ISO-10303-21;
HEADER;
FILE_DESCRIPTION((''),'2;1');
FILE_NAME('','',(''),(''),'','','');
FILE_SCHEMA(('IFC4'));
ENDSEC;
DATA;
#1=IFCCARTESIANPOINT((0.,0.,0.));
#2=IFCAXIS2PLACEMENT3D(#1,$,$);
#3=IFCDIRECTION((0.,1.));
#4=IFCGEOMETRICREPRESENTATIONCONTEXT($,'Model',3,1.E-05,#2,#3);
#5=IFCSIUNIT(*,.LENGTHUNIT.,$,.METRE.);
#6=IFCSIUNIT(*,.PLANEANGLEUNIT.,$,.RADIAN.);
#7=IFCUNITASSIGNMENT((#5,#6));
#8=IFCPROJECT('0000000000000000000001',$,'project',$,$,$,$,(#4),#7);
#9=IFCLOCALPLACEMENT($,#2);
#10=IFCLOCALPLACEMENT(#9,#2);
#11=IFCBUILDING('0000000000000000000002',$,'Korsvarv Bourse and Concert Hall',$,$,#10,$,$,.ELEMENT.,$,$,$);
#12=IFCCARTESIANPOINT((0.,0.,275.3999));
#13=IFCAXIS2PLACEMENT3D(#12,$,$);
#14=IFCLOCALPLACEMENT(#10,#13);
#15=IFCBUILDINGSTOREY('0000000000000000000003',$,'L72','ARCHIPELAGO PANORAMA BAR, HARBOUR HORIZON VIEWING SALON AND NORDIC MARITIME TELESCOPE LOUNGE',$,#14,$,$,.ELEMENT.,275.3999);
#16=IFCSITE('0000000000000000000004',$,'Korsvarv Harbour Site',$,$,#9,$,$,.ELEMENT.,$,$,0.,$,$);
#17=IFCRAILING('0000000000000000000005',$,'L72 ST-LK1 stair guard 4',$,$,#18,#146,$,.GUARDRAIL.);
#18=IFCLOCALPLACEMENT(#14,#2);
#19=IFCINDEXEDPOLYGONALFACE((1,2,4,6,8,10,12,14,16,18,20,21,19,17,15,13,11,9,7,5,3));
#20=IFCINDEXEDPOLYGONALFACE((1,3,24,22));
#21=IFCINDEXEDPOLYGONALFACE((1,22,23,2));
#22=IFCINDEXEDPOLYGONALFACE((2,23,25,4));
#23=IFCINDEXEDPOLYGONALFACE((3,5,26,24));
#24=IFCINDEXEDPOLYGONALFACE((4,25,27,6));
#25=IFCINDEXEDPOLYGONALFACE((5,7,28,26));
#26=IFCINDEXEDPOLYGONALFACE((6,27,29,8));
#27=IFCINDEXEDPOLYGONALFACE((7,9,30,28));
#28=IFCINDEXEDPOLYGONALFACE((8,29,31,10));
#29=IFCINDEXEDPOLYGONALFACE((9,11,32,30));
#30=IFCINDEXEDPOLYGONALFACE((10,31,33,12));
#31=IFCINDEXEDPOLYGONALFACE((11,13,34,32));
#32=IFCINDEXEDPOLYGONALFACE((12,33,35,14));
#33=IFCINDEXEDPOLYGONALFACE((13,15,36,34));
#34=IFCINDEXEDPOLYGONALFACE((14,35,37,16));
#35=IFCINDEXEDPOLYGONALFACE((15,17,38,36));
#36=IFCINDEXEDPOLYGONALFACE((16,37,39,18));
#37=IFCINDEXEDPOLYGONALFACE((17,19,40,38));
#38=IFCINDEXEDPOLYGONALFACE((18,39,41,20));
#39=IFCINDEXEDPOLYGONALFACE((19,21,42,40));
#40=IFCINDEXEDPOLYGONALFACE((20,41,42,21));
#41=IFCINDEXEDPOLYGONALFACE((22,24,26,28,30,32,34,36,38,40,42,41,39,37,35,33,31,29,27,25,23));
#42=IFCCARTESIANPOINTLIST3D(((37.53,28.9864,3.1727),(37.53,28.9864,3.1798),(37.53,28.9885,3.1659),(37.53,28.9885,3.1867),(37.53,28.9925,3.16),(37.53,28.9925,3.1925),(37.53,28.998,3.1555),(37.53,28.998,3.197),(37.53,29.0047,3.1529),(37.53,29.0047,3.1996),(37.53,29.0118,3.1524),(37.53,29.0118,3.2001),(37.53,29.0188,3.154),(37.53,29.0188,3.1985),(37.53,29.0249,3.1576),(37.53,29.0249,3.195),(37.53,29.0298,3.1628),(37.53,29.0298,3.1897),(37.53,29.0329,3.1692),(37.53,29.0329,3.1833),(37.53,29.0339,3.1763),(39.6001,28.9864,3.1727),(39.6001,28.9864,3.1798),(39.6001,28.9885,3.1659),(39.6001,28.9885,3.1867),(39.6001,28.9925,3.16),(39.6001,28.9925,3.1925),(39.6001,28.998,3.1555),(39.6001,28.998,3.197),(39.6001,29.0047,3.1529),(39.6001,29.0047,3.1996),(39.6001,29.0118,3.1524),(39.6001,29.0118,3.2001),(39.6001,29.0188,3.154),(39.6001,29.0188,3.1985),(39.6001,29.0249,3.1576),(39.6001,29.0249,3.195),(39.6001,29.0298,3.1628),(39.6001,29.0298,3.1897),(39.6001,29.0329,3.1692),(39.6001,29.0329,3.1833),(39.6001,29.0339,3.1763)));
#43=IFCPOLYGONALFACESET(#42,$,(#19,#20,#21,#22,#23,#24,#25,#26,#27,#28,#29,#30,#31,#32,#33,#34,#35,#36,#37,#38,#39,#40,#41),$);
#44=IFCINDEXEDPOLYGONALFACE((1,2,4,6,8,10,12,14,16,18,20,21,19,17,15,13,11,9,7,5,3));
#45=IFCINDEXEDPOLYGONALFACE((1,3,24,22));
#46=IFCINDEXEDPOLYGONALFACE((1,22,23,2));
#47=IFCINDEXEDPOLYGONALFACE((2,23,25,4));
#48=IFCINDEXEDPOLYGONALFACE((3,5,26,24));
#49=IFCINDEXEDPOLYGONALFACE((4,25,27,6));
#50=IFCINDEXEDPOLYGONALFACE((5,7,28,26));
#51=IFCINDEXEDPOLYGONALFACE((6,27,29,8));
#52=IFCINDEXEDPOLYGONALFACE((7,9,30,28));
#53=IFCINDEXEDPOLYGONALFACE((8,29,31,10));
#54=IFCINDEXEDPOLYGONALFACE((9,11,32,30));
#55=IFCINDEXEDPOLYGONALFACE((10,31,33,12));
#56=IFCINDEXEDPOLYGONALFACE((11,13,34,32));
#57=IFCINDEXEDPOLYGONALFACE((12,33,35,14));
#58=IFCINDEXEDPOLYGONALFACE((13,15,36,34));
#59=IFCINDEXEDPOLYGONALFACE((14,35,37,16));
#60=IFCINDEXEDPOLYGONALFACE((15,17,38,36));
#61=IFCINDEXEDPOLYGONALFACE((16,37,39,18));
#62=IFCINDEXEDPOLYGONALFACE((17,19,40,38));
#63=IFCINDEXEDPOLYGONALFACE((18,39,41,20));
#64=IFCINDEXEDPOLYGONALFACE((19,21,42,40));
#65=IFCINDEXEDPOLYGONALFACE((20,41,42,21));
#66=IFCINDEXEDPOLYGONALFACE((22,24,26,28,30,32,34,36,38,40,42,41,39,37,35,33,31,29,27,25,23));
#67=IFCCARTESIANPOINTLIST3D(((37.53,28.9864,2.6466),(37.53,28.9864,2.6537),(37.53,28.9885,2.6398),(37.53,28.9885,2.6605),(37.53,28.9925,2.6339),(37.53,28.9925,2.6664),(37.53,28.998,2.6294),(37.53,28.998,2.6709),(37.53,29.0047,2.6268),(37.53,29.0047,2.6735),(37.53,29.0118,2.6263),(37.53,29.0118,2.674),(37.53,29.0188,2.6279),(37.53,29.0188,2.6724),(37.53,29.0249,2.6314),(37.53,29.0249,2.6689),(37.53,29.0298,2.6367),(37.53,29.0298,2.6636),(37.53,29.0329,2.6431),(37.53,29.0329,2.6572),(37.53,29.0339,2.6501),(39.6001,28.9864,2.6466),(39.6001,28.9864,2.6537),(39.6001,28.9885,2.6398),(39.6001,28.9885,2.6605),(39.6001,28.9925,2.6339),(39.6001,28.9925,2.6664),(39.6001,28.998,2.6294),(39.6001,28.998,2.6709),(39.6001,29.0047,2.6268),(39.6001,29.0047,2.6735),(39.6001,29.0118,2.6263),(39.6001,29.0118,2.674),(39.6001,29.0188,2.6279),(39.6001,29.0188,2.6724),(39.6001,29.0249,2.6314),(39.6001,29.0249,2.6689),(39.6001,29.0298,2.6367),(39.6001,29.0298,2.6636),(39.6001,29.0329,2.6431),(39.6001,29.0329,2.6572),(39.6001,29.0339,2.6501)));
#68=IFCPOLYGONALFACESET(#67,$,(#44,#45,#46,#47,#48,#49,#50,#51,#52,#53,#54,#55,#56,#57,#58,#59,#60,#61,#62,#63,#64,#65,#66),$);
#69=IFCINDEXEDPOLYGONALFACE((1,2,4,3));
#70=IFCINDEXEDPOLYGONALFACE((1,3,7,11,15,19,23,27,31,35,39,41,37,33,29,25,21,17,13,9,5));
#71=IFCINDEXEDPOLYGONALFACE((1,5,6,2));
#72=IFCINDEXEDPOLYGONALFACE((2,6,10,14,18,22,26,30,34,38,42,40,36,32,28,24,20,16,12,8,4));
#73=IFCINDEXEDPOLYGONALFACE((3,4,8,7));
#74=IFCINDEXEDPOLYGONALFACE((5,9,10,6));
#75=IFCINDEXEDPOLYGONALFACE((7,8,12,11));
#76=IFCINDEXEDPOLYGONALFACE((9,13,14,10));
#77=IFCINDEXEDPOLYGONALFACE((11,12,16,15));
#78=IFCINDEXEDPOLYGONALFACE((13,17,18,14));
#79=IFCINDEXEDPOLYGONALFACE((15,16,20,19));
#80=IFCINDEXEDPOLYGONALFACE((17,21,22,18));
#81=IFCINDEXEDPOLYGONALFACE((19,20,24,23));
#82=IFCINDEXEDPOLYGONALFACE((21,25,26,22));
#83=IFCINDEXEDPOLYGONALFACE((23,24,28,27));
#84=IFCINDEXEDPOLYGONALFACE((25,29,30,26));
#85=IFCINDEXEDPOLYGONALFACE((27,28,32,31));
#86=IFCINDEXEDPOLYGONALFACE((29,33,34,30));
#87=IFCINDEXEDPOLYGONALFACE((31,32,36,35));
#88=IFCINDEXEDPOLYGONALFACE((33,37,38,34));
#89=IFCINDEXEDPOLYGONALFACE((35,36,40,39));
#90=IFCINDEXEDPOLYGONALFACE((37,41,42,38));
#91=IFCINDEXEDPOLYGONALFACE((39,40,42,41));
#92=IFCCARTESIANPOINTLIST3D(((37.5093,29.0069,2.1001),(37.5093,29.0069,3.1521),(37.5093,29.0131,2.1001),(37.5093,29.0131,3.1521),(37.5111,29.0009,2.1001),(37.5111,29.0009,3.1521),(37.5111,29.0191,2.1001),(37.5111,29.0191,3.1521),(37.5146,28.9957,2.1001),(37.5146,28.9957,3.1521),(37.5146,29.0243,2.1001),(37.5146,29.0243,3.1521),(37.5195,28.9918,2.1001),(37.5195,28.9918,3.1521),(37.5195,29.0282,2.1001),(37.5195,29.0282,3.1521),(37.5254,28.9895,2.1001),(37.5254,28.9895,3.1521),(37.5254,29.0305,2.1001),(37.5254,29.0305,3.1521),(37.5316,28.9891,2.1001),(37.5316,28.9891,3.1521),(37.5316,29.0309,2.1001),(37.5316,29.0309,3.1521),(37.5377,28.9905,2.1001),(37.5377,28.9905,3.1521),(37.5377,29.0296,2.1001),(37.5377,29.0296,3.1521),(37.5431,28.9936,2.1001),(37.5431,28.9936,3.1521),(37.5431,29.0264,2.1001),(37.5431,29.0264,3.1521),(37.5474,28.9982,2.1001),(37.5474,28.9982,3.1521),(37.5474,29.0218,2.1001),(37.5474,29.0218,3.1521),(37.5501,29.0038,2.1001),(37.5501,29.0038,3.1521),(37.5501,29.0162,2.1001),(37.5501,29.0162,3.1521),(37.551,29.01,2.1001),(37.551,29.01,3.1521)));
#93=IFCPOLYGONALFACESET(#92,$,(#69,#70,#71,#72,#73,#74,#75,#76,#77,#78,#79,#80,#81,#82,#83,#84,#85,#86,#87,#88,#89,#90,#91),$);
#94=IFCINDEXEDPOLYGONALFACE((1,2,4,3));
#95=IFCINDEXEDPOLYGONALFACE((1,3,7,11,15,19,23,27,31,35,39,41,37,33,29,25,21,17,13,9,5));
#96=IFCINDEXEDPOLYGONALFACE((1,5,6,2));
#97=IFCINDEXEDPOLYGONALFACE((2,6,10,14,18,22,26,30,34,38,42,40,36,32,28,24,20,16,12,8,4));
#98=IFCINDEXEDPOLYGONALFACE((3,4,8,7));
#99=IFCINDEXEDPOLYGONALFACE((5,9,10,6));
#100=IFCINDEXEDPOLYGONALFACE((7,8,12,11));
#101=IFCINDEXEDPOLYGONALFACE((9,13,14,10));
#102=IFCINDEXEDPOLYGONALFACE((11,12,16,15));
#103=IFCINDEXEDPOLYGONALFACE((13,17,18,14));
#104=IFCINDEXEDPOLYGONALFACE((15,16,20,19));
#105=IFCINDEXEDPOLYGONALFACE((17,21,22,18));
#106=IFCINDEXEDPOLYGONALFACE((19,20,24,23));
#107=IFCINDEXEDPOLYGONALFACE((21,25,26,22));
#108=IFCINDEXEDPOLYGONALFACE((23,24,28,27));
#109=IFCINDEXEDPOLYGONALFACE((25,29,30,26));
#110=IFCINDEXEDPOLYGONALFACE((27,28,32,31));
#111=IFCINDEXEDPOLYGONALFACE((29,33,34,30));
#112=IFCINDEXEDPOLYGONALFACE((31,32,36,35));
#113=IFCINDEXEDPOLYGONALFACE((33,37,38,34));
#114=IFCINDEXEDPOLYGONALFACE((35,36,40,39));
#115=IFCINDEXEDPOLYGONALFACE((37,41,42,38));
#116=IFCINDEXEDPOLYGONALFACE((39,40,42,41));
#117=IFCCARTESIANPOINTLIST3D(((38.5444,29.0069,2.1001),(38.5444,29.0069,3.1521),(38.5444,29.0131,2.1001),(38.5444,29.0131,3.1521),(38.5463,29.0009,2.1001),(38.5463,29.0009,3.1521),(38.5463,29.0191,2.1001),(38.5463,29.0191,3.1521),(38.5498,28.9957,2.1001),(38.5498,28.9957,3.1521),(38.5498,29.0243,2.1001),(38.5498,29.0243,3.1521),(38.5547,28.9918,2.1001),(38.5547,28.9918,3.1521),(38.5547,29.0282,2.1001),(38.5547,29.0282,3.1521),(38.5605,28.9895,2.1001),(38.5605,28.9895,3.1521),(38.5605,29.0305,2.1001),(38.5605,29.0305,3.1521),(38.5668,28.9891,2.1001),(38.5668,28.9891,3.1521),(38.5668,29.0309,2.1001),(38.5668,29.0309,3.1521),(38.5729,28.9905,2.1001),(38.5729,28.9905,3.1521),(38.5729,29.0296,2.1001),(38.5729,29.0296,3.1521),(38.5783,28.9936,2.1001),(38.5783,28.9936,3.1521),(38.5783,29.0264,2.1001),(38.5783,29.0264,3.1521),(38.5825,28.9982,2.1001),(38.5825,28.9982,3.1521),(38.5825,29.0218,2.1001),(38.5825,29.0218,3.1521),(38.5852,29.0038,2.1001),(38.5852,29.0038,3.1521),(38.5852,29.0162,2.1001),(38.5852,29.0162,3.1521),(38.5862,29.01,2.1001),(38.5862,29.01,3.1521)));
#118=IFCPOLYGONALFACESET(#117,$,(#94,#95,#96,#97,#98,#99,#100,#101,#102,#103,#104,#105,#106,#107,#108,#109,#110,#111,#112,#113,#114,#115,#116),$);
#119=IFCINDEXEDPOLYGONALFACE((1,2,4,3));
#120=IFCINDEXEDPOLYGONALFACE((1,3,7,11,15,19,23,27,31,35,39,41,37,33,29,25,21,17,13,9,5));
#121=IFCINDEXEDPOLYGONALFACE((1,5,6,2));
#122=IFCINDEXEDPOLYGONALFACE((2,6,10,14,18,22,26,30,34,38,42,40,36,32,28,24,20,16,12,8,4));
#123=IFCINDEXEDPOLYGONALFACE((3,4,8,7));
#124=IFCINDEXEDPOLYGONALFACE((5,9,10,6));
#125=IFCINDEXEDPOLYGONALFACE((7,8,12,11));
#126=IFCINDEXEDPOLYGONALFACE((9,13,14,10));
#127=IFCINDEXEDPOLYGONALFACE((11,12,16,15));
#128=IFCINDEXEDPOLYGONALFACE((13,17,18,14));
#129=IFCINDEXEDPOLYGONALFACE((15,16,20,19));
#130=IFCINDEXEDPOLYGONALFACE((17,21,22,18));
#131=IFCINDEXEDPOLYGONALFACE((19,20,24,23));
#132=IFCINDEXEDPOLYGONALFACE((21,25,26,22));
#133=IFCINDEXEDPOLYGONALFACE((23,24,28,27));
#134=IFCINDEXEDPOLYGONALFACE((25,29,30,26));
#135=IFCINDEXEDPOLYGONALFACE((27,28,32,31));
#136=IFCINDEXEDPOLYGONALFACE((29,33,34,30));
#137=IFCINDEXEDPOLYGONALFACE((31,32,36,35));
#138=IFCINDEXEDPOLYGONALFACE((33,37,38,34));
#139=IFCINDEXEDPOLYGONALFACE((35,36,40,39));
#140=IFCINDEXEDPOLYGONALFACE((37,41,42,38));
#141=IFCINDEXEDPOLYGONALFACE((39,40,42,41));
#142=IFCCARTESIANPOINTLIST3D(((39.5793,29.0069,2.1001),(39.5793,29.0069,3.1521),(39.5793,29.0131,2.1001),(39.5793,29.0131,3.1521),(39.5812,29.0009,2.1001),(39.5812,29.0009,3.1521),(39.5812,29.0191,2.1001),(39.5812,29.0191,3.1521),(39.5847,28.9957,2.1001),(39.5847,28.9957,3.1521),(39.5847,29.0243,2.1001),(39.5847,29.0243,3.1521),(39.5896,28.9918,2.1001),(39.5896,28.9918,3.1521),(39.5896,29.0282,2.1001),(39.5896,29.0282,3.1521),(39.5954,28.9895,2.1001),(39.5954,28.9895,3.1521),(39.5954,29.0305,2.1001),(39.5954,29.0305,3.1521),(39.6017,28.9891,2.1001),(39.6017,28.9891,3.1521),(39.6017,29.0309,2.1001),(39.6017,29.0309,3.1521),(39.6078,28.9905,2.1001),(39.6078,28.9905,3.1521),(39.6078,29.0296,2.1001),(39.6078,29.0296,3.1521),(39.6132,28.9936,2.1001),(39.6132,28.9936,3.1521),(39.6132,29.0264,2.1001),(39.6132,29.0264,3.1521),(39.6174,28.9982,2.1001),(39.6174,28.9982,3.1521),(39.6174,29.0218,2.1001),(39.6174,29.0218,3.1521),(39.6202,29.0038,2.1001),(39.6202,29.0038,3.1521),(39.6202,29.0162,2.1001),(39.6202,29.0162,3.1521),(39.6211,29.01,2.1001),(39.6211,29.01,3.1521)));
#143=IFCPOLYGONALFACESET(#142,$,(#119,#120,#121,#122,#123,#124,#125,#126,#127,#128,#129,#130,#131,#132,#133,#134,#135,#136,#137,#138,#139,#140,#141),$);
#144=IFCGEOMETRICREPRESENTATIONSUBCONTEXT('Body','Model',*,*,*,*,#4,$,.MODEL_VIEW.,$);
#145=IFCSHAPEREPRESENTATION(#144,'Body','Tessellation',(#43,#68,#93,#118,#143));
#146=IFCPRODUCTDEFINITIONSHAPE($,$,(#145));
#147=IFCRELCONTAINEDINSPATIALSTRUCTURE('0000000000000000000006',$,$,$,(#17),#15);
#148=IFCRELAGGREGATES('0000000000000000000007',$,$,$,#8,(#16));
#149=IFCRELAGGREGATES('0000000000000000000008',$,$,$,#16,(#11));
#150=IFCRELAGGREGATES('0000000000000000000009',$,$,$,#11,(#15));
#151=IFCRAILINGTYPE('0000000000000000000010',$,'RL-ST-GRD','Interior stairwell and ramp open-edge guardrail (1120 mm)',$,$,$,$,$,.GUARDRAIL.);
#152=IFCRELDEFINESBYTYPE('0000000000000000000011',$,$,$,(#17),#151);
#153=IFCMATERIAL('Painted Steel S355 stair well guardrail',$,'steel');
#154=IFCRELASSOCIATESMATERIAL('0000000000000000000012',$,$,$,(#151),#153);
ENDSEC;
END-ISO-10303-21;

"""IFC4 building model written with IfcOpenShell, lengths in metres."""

from ifc_helpers import new_model, si_unit, direction, frame, origin, origin_2d, place, context, subcontext, project, spatial, circle, extrude, material, type_object, element, save


model = new_model("IFC4")

# Units and contexts
model_context = context("Model", 3, precision=1e-05, world=origin(), true_north=direction((0.0, 1.0)))
body_context = subcontext(model_context, "Body", "Model", "MODEL_VIEW")
ifc_project = project(units=[si_unit("LENGTHUNIT", "METRE"), si_unit("PLANEANGLEUNIT", "RADIAN")], contexts=[model_context])

# Site, building, storey
site_placement = place(None, origin())
site = spatial("IfcSite", under=ifc_project, at=site_placement, Name="Korsvarv Harbour Site", CompositionType="ELEMENT", RefElevation=0.0)
building_placement = place(site_placement, origin())
building = spatial("IfcBuilding", under=site, at=building_placement, Name="Korsvarv Bourse and Concert Hall", CompositionType="ELEMENT")
storey_placement = place(building_placement, frame((0.0, 0.0, 275.3999)))
storey = spatial("IfcBuildingStorey", under=building, at=storey_placement, Name="L72", Description="ARCHIPELAGO PANORAMA BAR, HARBOUR HORIZON VIEWING SALON AND NORDIC MARITIME TELESCOPE LOUNGE", CompositionType="ELEMENT", Elevation=275.3999)

# Railing
ifc_material_1 = material(Name="Painted Steel S355 stair well guardrail", Category="steel")
railing_type_1 = type_object("IfcRailingType", Name="RL-ST-GRD", Description="Interior stairwell and ramp open-edge guardrail (1120 mm)", PredefinedType="GUARDRAIL", material=ifc_material_1)
for number, where, name in (
    (1, (37.53, 29.01, 2.1001), "L72 ST-LK1 stair guard 4"),
):
    element("IfcRailing", number, at=place(storey_placement, frame(where)), inside=storey, type_object=railing_type_1, Name=name, PredefinedType="GUARDRAIL", context=body_context, shape_type="SweptSolid", body=[
        extrude(circle(Radius=0.0239, at=origin_2d()), frame((0.0, 0.0, 1.0762), z_axis=(1.0, 0.0, 0.0), x_axis=(0.0, 1.0, 0.0)), (0.0, 0.0, 1.0), 2.0701),
        extrude(circle(Radius=0.0239, at=origin_2d()), frame((0.0, 0.0, 0.55), z_axis=(1.0, 0.0, 0.0), x_axis=(0.0, 1.0, 0.0)), (0.0, 0.0, 1.0), 2.0701),
        extrude(circle(Radius=0.021, at=origin_2d()), origin(), (0.0, 0.0, 1.0), 1.052),
        extrude(circle(Radius=0.021, at=origin_2d()), frame((1.0352, 0.0, 0.0)), (0.0, 0.0, 1.0), 1.052),
        extrude(circle(Radius=0.021, at=origin_2d()), frame((2.0701, 0.0, 0.0)), (0.0, 0.0, 1.0), 1.052),
    ])

save(model, "model.ifc")
